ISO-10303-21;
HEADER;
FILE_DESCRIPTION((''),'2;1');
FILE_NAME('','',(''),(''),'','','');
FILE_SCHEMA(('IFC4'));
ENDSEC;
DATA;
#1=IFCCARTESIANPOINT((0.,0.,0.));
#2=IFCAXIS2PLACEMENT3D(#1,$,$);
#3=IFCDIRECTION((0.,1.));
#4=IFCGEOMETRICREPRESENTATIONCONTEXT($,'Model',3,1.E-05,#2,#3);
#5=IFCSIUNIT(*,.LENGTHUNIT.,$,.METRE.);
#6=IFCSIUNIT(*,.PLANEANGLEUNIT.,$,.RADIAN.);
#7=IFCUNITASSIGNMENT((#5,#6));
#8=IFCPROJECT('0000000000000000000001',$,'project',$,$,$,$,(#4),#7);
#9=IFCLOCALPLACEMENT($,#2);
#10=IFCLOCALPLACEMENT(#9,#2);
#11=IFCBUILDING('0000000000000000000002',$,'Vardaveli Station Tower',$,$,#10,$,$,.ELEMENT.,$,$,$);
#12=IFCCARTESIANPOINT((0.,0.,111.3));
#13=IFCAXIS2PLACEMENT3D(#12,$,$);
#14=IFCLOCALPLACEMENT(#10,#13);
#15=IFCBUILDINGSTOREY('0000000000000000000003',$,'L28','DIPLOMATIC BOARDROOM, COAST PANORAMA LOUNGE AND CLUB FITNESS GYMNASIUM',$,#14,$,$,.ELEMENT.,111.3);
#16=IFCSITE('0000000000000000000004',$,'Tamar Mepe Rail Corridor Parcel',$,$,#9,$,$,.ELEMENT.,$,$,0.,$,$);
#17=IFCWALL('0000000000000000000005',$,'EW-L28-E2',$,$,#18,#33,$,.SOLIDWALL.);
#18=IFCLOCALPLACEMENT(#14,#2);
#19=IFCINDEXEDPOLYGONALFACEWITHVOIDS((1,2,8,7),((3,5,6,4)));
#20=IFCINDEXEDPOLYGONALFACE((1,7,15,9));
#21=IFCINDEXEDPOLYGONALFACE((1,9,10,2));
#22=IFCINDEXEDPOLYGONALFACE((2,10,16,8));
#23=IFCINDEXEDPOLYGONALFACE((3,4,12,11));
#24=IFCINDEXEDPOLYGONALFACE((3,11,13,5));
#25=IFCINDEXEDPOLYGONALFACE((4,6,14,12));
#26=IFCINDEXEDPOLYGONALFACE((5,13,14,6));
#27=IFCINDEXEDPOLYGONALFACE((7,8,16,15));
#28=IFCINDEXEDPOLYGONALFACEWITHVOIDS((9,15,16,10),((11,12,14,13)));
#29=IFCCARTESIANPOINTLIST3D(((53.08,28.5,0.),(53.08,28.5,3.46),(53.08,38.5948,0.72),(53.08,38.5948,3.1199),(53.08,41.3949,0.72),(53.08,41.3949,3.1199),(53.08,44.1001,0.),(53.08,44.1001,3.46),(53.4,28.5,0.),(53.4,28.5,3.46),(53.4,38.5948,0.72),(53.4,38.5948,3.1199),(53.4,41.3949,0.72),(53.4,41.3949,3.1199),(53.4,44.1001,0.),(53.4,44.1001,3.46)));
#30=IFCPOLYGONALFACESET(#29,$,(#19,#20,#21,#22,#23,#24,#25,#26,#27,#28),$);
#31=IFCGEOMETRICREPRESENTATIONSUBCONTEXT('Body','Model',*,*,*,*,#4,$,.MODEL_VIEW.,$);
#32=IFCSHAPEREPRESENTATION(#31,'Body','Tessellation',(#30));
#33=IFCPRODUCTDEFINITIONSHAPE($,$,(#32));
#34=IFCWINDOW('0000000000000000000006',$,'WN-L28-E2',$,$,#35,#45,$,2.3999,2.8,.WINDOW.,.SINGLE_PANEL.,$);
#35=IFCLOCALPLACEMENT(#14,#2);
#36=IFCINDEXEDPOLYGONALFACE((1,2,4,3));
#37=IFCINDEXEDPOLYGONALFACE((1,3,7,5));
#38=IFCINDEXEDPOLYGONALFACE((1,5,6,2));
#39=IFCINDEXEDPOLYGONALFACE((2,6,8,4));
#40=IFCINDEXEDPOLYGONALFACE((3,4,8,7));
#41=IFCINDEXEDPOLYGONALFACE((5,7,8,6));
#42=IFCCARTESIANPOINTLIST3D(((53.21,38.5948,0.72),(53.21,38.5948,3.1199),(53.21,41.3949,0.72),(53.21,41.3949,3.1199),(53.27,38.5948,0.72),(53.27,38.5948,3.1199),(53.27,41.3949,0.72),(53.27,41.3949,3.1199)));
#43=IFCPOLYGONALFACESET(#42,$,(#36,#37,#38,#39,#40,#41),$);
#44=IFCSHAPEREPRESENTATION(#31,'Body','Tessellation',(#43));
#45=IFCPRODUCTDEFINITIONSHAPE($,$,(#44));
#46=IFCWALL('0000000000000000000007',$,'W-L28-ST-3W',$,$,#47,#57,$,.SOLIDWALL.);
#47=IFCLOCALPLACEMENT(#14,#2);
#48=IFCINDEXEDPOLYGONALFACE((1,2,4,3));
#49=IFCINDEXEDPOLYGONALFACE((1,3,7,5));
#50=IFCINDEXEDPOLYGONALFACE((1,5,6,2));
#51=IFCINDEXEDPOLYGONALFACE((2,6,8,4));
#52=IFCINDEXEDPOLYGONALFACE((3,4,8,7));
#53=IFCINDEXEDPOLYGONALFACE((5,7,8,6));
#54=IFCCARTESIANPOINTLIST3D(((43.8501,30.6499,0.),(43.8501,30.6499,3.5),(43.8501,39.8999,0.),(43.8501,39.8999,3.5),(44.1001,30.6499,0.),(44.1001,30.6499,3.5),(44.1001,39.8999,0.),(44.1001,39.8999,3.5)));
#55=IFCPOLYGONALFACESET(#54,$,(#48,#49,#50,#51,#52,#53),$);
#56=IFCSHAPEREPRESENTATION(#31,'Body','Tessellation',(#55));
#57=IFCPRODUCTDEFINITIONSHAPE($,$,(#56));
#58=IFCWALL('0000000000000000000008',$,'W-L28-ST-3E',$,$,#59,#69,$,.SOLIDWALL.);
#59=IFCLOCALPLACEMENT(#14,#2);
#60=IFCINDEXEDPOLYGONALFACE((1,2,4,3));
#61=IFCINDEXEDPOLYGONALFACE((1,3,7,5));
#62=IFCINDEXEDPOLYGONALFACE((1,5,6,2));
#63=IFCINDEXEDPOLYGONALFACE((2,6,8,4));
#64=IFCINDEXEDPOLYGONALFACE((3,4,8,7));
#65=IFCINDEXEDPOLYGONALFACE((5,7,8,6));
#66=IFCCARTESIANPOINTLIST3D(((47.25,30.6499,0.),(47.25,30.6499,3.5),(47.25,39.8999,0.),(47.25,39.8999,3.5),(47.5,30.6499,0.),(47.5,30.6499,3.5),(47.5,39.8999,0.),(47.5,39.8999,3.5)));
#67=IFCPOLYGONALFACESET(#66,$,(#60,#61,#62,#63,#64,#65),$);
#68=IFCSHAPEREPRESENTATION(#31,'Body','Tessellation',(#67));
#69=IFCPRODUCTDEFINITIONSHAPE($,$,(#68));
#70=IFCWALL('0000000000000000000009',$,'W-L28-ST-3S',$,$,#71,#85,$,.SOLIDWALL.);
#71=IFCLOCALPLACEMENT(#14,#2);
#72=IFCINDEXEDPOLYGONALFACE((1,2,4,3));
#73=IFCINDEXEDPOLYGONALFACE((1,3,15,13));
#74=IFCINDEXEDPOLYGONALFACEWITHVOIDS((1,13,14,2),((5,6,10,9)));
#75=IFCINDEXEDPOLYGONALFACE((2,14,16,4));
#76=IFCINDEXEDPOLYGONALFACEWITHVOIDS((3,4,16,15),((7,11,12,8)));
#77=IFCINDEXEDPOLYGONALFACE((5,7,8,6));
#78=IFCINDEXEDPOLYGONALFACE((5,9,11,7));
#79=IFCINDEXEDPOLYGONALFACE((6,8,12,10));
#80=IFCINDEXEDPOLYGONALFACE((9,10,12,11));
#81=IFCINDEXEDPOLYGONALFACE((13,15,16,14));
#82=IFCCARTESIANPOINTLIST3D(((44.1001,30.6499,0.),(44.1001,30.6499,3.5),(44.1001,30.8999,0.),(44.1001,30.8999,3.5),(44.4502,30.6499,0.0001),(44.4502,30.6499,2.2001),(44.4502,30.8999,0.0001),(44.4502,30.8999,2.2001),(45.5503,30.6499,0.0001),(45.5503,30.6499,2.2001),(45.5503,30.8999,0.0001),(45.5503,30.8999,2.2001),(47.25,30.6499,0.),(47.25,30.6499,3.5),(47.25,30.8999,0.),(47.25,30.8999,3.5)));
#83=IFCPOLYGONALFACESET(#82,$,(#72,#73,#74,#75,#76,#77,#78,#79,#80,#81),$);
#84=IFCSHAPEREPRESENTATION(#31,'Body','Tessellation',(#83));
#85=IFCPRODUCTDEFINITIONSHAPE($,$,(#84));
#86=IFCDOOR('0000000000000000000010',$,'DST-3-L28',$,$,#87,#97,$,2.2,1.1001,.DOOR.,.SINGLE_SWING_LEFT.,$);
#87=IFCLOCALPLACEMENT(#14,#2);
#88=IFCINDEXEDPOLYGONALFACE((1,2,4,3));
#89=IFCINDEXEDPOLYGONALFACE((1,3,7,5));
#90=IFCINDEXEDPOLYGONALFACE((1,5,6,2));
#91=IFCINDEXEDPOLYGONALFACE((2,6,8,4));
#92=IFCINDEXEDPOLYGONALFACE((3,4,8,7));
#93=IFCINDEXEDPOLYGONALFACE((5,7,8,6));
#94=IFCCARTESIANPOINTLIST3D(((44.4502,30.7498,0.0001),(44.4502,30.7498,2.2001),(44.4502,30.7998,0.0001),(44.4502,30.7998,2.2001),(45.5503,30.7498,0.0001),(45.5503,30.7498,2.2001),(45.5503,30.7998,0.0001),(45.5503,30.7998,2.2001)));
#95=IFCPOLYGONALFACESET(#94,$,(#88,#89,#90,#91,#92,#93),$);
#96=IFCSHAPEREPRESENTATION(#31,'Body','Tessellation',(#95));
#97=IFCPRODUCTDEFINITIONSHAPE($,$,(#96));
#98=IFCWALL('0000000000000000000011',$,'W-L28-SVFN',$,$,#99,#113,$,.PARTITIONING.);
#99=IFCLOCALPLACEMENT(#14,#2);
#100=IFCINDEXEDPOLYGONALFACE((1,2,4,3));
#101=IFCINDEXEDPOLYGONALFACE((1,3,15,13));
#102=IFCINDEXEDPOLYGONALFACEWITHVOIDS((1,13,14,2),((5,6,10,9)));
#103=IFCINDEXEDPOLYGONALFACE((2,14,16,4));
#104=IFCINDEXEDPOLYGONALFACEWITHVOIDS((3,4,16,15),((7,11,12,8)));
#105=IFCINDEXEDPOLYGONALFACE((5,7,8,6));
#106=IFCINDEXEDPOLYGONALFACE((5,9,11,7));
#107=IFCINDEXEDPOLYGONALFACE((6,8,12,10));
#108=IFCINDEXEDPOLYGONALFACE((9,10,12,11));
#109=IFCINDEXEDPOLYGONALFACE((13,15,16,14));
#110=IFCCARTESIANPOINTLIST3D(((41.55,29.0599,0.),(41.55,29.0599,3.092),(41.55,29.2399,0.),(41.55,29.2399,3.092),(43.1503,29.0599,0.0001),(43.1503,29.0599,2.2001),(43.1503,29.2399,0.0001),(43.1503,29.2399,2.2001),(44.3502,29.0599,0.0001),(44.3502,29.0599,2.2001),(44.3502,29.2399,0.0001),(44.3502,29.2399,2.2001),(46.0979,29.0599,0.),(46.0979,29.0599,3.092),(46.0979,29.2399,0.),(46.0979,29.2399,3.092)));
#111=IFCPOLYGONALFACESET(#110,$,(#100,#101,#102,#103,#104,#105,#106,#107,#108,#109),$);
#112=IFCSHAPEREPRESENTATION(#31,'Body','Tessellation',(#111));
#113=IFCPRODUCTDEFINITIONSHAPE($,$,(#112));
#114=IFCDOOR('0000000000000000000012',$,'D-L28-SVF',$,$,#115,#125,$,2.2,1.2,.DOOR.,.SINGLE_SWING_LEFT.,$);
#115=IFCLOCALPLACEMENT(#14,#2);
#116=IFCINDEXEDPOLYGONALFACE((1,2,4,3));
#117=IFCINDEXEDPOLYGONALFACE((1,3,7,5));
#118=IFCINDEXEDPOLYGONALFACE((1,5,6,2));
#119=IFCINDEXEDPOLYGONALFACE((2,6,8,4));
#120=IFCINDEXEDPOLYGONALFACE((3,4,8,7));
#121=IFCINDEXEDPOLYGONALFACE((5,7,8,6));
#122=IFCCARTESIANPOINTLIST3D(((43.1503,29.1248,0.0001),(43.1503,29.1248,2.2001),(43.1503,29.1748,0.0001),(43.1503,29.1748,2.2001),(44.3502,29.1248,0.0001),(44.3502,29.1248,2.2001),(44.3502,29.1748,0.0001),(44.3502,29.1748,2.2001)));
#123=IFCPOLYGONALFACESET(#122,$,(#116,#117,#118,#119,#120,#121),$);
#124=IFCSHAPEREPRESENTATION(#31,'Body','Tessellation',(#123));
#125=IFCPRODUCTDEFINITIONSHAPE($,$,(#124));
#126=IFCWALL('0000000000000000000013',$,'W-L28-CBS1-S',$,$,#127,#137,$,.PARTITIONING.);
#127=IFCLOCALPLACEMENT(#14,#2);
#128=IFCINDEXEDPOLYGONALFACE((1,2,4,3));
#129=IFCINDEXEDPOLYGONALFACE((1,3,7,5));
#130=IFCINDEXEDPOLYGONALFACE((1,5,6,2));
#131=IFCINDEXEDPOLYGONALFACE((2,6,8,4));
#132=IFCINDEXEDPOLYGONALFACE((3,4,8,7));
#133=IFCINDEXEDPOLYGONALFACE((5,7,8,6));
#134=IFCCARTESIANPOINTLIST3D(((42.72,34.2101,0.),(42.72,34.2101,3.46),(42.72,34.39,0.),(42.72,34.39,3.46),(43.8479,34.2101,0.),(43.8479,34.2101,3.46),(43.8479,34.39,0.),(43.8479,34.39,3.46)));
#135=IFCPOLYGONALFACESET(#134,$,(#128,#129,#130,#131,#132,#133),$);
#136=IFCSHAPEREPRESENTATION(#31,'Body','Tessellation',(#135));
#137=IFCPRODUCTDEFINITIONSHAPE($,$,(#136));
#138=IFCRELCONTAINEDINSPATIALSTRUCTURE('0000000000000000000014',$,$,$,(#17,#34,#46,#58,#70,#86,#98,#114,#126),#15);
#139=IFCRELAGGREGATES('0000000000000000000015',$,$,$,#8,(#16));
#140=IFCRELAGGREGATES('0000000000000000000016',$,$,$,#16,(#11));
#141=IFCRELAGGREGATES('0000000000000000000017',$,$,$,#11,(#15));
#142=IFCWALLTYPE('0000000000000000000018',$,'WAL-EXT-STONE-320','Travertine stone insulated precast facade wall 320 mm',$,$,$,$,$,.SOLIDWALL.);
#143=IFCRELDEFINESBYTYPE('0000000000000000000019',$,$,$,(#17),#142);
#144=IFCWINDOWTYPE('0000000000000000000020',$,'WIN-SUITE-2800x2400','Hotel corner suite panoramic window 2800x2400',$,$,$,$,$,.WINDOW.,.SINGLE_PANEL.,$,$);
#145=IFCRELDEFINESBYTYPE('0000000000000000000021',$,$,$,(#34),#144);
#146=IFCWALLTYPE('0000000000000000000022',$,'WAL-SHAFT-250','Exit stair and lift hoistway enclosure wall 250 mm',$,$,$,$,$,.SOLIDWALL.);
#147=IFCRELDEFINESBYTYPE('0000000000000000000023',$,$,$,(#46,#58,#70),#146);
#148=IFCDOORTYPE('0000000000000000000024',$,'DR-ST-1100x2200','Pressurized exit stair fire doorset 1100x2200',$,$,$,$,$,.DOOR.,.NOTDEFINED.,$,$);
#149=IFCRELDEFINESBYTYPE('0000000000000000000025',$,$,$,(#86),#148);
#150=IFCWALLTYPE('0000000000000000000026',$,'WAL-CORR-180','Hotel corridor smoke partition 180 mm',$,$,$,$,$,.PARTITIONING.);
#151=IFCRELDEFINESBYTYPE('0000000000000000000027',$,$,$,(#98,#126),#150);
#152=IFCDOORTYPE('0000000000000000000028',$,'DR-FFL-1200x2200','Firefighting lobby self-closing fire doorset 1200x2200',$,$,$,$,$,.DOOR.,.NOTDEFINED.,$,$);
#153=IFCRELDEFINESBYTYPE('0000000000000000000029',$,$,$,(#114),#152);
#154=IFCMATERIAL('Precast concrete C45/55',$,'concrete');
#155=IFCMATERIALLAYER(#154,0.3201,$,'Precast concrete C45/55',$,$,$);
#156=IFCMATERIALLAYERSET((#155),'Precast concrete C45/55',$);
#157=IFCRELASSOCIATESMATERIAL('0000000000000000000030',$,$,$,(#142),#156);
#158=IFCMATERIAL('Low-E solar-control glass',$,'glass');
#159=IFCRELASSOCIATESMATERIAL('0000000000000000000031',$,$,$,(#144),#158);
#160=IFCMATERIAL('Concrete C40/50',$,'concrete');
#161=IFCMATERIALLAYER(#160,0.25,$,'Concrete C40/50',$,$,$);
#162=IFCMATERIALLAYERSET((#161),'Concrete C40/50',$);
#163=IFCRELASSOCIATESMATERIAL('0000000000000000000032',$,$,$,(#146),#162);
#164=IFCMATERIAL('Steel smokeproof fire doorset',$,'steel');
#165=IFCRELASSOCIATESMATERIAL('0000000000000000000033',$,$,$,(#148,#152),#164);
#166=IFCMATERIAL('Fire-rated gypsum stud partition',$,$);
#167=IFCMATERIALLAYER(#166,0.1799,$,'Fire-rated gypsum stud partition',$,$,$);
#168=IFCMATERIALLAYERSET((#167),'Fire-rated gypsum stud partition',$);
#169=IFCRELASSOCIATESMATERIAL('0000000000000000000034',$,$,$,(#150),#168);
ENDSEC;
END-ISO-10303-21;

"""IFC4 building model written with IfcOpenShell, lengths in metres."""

from ifc_helpers import new_model, si_unit, direction, frame, frame_2d, origin, place, context, subcontext, project, spatial, rectangle, extrude, source, transform, mapped, material, layer, layer_set, type_object, element, fill, save


model = new_model("IFC4")

# Units and contexts
model_context = context("Model", 3, precision=1e-05, world=origin(), true_north=direction((0.0, 1.0)))
body_context = subcontext(model_context, "Body", "Model", "MODEL_VIEW")
ifc_project = project(units=[si_unit("LENGTHUNIT", "METRE"), si_unit("PLANEANGLEUNIT", "RADIAN")], contexts=[model_context])

# Site, building, storey
site_placement = place(None, origin())
site = spatial("IfcSite", under=ifc_project, at=site_placement, Name="Tamar Mepe Rail Corridor Parcel", CompositionType="ELEMENT", RefElevation=0.0)
building_placement = place(site_placement, origin())
building = spatial("IfcBuilding", under=site, at=building_placement, Name="Vardaveli Station Tower", CompositionType="ELEMENT")
storey_placement = place(building_placement, frame((0.0, 0.0, 111.3)))
storey = spatial("IfcBuildingStorey", under=building, at=storey_placement, Name="L28", Description="DIPLOMATIC BOARDROOM, COAST PANORAMA LOUNGE AND CLUB FITNESS GYMNASIUM", CompositionType="ELEMENT", Elevation=111.3)

# Shared definitions
ifc_material_1 = material(Name="Precast concrete C45/55", Category="concrete")

# Wall, opening, window
ifc_layer_1 = layer(ifc_material_1, 0.3201, Name="Precast concrete C45/55")
ifc_layer_set_1 = layer_set([ifc_layer_1], Name="Precast concrete C45/55")
wall_type_1 = type_object("IfcWallType", Name="WAL-EXT-STONE-320", Description="Travertine stone insulated precast facade wall 320 mm", PredefinedType="SOLIDWALL", material=ifc_layer_set_1)
shared_shape_1 = source(origin(), body_context, "Body", "SweptSolid", [
    extrude(rectangle(XDim=15.6001, YDim=0.3201, at=frame_2d((7.8, 0.0))), origin(), (0.0, 0.0, 1.0), 3.46),
])
wall_1_placement = place(storey_placement, frame((53.24, 28.5, 0.0), z_axis=(0.0, 0.0, 1.0), x_axis=(0.0, 1.0, 0.0)))
wall_1 = element("IfcWall", 1, at=wall_1_placement, inside=storey, type_object=wall_type_1, Name="EW-L28-E2", PredefinedType="SOLIDWALL", context=body_context, shape_type="MappedRepresentation", body=[
    mapped(shared_shape_1, transform((0.0, 0.0, 0.0), scale=1.0)),
])
shared_shape_2 = source(origin(), body_context, "Body", "SweptSolid", [
    extrude(rectangle(XDim=2.8, YDim=2.3999, at=frame_2d((1.3999, 1.2))), frame((0.0, 0.1699, 0.0), z_axis=(0.0, -1.0, 0.0), x_axis=(1.0, 0.0, 0.0)), (0.0, 0.0, 1.0), 0.3401),
])
opening_1_placement = place(wall_1_placement, frame((10.095, 0.0, 0.72)))
opening_1 = element("IfcOpeningElement", 2, at=opening_1_placement, cuts=wall_1, PredefinedType="OPENING", context=body_context, shape_type="MappedRepresentation", body=[
    mapped(shared_shape_2, transform((0.0, 0.0, 0.0), scale=1.0)),
])
ifc_material_2 = material(Name="Low-E solar-control glass", Category="glass")
window_type = type_object("IfcWindowType", Name="WIN-SUITE-2800x2400", Description="Hotel corner suite panoramic window 2800x2400", PartitioningType="SINGLE_PANEL", PredefinedType="WINDOW", material=ifc_material_2)
shared_shape_3 = source(origin(), body_context, "Body", "SweptSolid", [
    extrude(rectangle(XDim=2.8, YDim=2.3999, at=frame_2d((1.3999, 1.2))), frame((0.0, 0.03, 0.0), z_axis=(0.0, -1.0, 0.0), x_axis=(1.0, 0.0, 0.0)), (0.0, 0.0, 1.0), 0.0601),
])
window_placement = place(opening_1_placement, origin())
window = element("IfcWindow", 3, at=window_placement, inside=storey, type_object=window_type, Name="WN-L28-E2", OverallHeight=2.3999, OverallWidth=2.8, PartitioningType="SINGLE_PANEL", PredefinedType="WINDOW", context=body_context, shape_type="MappedRepresentation", body=[
    mapped(shared_shape_3, transform((0.0, 0.0, 0.0), scale=1.0)),
])
fill(opening_1, window)

# Walls
ifc_material_3 = material(Name="Concrete C40/50", Category="concrete")
ifc_layer_2 = layer(ifc_material_3, 0.25, Name="Concrete C40/50")
ifc_layer_set_2 = layer_set([ifc_layer_2], Name="Concrete C40/50")
wall_type_2 = type_object("IfcWallType", Name="WAL-SHAFT-250", Description="Exit stair and lift hoistway enclosure wall 250 mm", PredefinedType="SOLIDWALL", material=ifc_layer_set_2)
shared_shape_4 = source(origin(), body_context, "Body", "SweptSolid", [
    extrude(rectangle(XDim=9.25, YDim=0.25, at=frame_2d((4.625, 0.0))), origin(), (0.0, 0.0, 1.0), 3.5),
])
for number, where, z_axis, x_axis, name in (
    (4, (43.9751, 30.6499, 0.0), (0.0, 0.0, 1.0), (0.0, 1.0, 0.0), "W-L28-ST-3W"),
    (5, (47.375, 30.6499, 0.0), (0.0, 0.0, 1.0), (0.0, 1.0, 0.0), "W-L28-ST-3E"),
):
    element("IfcWall", number, at=place(storey_placement, frame(where, z_axis=z_axis, x_axis=x_axis)), inside=storey, type_object=wall_type_2, Name=name, PredefinedType="SOLIDWALL", context=body_context, shape_type="MappedRepresentation", body=[
        mapped(shared_shape_4, transform((0.0, 0.0, 0.0), scale=1.0)),
    ])

# Walls, openings, doors
shared_shape_5 = source(origin(), body_context, "Body", "SweptSolid", [
    extrude(rectangle(XDim=3.1499, YDim=0.25, at=frame_2d((1.575, 0.0))), origin(), (0.0, 0.0, 1.0), 3.5),
])
wall_2_placement = place(storey_placement, frame((44.1001, 30.7749, 0.0), z_axis=(0.0, 0.0, 1.0), x_axis=(1.0, 0.0, 0.0)))
wall_2 = element("IfcWall", 6, at=wall_2_placement, inside=storey, type_object=wall_type_2, Name="W-L28-ST-3S", PredefinedType="SOLIDWALL", context=body_context, shape_type="MappedRepresentation", body=[
    mapped(shared_shape_5, transform((0.0, 0.0, 0.0), scale=1.0)),
])
shared_shape_6 = source(origin(), body_context, "Body", "SweptSolid", [
    extrude(rectangle(XDim=1.1001, YDim=2.2, at=frame_2d((0.55, 1.1001))), frame((0.0, 0.135, 0.0), z_axis=(0.0, -1.0, 0.0), x_axis=(1.0, 0.0, 0.0)), (0.0, 0.0, 1.0), 0.27),
])
opening_2_placement = place(wall_2_placement, frame((0.3501, 0.0, 0.0)))
opening_2 = element("IfcOpeningElement", 7, at=opening_2_placement, cuts=wall_2, PredefinedType="OPENING", context=body_context, shape_type="MappedRepresentation", body=[
    mapped(shared_shape_6, transform((0.0, 0.0, 0.0), scale=1.0)),
])
ifc_material_4 = material(Name="Steel smokeproof fire doorset", Category="steel")
door_type_1 = type_object("IfcDoorType", Name="DR-ST-1100x2200", Description="Pressurized exit stair fire doorset 1100x2200", OperationType="NOTDEFINED", PredefinedType="DOOR", material=ifc_material_4)
shared_shape_7 = source(origin(), body_context, "Body", "SweptSolid", [
    extrude(rectangle(XDim=1.1001, YDim=2.2, at=frame_2d((0.55, 1.1001))), frame((0.0, 0.0249, 0.0), z_axis=(0.0, -1.0, 0.0), x_axis=(1.0, 0.0, 0.0)), (0.0, 0.0, 1.0), 0.05),
])
door_1_placement = place(opening_2_placement, origin())
door_1 = element("IfcDoor", 8, at=door_1_placement, inside=storey, type_object=door_type_1, Name="DST-3-L28", OperationType="SINGLE_SWING_LEFT", OverallHeight=2.2, OverallWidth=1.1001, PredefinedType="DOOR", context=body_context, shape_type="MappedRepresentation", body=[
    mapped(shared_shape_7, transform((0.0, 0.0, 0.0), scale=1.0)),
])
fill(opening_2, door_1)
ifc_material_5 = material(Name="Fire-rated gypsum stud partition")
ifc_layer_3 = layer(ifc_material_5, 0.1799, Name="Fire-rated gypsum stud partition")
ifc_layer_set_3 = layer_set([ifc_layer_3], Name="Fire-rated gypsum stud partition")
wall_type_3 = type_object("IfcWallType", Name="WAL-CORR-180", Description="Hotel corridor smoke partition 180 mm", PredefinedType="PARTITIONING", material=ifc_layer_set_3)
shared_shape_8 = source(origin(), body_context, "Body", "SweptSolid", [
    extrude(rectangle(XDim=4.5479, YDim=0.1799, at=frame_2d((2.2739, 0.0))), origin(), (0.0, 0.0, 1.0), 3.092),
])
wall_3_placement = place(storey_placement, frame((41.55, 29.1499, 0.0), z_axis=(0.0, 0.0, 1.0), x_axis=(1.0, 0.0, 0.0)))
wall_3 = element("IfcWall", 9, at=wall_3_placement, inside=storey, type_object=wall_type_3, Name="W-L28-SVFN", PredefinedType="PARTITIONING", context=body_context, shape_type="MappedRepresentation", body=[
    mapped(shared_shape_8, transform((0.0, 0.0, 0.0), scale=1.0)),
])
shared_shape_9 = source(origin(), body_context, "Body", "SweptSolid", [
    extrude(rectangle(XDim=1.2, YDim=2.2, at=frame_2d((0.6001, 1.1001))), frame((0.0, 0.1001, 0.0), z_axis=(0.0, -1.0, 0.0), x_axis=(1.0, 0.0, 0.0)), (0.0, 0.0, 1.0), 0.2),
])
opening_3_placement = place(wall_3_placement, frame((1.6001, 0.0, 0.0)))
opening_3 = element("IfcOpeningElement", 10, at=opening_3_placement, cuts=wall_3, PredefinedType="OPENING", context=body_context, shape_type="MappedRepresentation", body=[
    mapped(shared_shape_9, transform((0.0, 0.0, 0.0), scale=1.0)),
])
door_type_2 = type_object("IfcDoorType", Name="DR-FFL-1200x2200", Description="Firefighting lobby self-closing fire doorset 1200x2200", OperationType="NOTDEFINED", PredefinedType="DOOR", material=ifc_material_4)
shared_shape_10 = source(origin(), body_context, "Body", "SweptSolid", [
    extrude(rectangle(XDim=1.2, YDim=2.2, at=frame_2d((0.6001, 1.1001))), frame((0.0, 0.0249, 0.0), z_axis=(0.0, -1.0, 0.0), x_axis=(1.0, 0.0, 0.0)), (0.0, 0.0, 1.0), 0.05),
])
door_2_placement = place(opening_3_placement, origin())
door_2 = element("IfcDoor", 11, at=door_2_placement, inside=storey, type_object=door_type_2, Name="D-L28-SVF", OperationType="SINGLE_SWING_LEFT", OverallHeight=2.2, OverallWidth=1.2, PredefinedType="DOOR", context=body_context, shape_type="MappedRepresentation", body=[
    mapped(shared_shape_10, transform((0.0, 0.0, 0.0), scale=1.0)),
])
fill(opening_3, door_2)

# Wall
shared_shape_11 = source(origin(), body_context, "Body", "SweptSolid", [
    extrude(rectangle(XDim=1.1279, YDim=0.1799, at=frame_2d((0.564, 0.0))), origin(), (0.0, 0.0, 1.0), 3.46),
])
wall_4_placement = place(storey_placement, frame((42.72, 34.3, 0.0), z_axis=(0.0, 0.0, 1.0), x_axis=(1.0, 0.0, 0.0)))
element("IfcWall", 12, at=wall_4_placement, inside=storey, type_object=wall_type_3, Name="W-L28-CBS1-S", PredefinedType="PARTITIONING", context=body_context, shape_type="MappedRepresentation", body=[
    mapped(shared_shape_11, transform((0.0, 0.0, 0.0), scale=1.0)),
])

save(model, "model.ifc")
